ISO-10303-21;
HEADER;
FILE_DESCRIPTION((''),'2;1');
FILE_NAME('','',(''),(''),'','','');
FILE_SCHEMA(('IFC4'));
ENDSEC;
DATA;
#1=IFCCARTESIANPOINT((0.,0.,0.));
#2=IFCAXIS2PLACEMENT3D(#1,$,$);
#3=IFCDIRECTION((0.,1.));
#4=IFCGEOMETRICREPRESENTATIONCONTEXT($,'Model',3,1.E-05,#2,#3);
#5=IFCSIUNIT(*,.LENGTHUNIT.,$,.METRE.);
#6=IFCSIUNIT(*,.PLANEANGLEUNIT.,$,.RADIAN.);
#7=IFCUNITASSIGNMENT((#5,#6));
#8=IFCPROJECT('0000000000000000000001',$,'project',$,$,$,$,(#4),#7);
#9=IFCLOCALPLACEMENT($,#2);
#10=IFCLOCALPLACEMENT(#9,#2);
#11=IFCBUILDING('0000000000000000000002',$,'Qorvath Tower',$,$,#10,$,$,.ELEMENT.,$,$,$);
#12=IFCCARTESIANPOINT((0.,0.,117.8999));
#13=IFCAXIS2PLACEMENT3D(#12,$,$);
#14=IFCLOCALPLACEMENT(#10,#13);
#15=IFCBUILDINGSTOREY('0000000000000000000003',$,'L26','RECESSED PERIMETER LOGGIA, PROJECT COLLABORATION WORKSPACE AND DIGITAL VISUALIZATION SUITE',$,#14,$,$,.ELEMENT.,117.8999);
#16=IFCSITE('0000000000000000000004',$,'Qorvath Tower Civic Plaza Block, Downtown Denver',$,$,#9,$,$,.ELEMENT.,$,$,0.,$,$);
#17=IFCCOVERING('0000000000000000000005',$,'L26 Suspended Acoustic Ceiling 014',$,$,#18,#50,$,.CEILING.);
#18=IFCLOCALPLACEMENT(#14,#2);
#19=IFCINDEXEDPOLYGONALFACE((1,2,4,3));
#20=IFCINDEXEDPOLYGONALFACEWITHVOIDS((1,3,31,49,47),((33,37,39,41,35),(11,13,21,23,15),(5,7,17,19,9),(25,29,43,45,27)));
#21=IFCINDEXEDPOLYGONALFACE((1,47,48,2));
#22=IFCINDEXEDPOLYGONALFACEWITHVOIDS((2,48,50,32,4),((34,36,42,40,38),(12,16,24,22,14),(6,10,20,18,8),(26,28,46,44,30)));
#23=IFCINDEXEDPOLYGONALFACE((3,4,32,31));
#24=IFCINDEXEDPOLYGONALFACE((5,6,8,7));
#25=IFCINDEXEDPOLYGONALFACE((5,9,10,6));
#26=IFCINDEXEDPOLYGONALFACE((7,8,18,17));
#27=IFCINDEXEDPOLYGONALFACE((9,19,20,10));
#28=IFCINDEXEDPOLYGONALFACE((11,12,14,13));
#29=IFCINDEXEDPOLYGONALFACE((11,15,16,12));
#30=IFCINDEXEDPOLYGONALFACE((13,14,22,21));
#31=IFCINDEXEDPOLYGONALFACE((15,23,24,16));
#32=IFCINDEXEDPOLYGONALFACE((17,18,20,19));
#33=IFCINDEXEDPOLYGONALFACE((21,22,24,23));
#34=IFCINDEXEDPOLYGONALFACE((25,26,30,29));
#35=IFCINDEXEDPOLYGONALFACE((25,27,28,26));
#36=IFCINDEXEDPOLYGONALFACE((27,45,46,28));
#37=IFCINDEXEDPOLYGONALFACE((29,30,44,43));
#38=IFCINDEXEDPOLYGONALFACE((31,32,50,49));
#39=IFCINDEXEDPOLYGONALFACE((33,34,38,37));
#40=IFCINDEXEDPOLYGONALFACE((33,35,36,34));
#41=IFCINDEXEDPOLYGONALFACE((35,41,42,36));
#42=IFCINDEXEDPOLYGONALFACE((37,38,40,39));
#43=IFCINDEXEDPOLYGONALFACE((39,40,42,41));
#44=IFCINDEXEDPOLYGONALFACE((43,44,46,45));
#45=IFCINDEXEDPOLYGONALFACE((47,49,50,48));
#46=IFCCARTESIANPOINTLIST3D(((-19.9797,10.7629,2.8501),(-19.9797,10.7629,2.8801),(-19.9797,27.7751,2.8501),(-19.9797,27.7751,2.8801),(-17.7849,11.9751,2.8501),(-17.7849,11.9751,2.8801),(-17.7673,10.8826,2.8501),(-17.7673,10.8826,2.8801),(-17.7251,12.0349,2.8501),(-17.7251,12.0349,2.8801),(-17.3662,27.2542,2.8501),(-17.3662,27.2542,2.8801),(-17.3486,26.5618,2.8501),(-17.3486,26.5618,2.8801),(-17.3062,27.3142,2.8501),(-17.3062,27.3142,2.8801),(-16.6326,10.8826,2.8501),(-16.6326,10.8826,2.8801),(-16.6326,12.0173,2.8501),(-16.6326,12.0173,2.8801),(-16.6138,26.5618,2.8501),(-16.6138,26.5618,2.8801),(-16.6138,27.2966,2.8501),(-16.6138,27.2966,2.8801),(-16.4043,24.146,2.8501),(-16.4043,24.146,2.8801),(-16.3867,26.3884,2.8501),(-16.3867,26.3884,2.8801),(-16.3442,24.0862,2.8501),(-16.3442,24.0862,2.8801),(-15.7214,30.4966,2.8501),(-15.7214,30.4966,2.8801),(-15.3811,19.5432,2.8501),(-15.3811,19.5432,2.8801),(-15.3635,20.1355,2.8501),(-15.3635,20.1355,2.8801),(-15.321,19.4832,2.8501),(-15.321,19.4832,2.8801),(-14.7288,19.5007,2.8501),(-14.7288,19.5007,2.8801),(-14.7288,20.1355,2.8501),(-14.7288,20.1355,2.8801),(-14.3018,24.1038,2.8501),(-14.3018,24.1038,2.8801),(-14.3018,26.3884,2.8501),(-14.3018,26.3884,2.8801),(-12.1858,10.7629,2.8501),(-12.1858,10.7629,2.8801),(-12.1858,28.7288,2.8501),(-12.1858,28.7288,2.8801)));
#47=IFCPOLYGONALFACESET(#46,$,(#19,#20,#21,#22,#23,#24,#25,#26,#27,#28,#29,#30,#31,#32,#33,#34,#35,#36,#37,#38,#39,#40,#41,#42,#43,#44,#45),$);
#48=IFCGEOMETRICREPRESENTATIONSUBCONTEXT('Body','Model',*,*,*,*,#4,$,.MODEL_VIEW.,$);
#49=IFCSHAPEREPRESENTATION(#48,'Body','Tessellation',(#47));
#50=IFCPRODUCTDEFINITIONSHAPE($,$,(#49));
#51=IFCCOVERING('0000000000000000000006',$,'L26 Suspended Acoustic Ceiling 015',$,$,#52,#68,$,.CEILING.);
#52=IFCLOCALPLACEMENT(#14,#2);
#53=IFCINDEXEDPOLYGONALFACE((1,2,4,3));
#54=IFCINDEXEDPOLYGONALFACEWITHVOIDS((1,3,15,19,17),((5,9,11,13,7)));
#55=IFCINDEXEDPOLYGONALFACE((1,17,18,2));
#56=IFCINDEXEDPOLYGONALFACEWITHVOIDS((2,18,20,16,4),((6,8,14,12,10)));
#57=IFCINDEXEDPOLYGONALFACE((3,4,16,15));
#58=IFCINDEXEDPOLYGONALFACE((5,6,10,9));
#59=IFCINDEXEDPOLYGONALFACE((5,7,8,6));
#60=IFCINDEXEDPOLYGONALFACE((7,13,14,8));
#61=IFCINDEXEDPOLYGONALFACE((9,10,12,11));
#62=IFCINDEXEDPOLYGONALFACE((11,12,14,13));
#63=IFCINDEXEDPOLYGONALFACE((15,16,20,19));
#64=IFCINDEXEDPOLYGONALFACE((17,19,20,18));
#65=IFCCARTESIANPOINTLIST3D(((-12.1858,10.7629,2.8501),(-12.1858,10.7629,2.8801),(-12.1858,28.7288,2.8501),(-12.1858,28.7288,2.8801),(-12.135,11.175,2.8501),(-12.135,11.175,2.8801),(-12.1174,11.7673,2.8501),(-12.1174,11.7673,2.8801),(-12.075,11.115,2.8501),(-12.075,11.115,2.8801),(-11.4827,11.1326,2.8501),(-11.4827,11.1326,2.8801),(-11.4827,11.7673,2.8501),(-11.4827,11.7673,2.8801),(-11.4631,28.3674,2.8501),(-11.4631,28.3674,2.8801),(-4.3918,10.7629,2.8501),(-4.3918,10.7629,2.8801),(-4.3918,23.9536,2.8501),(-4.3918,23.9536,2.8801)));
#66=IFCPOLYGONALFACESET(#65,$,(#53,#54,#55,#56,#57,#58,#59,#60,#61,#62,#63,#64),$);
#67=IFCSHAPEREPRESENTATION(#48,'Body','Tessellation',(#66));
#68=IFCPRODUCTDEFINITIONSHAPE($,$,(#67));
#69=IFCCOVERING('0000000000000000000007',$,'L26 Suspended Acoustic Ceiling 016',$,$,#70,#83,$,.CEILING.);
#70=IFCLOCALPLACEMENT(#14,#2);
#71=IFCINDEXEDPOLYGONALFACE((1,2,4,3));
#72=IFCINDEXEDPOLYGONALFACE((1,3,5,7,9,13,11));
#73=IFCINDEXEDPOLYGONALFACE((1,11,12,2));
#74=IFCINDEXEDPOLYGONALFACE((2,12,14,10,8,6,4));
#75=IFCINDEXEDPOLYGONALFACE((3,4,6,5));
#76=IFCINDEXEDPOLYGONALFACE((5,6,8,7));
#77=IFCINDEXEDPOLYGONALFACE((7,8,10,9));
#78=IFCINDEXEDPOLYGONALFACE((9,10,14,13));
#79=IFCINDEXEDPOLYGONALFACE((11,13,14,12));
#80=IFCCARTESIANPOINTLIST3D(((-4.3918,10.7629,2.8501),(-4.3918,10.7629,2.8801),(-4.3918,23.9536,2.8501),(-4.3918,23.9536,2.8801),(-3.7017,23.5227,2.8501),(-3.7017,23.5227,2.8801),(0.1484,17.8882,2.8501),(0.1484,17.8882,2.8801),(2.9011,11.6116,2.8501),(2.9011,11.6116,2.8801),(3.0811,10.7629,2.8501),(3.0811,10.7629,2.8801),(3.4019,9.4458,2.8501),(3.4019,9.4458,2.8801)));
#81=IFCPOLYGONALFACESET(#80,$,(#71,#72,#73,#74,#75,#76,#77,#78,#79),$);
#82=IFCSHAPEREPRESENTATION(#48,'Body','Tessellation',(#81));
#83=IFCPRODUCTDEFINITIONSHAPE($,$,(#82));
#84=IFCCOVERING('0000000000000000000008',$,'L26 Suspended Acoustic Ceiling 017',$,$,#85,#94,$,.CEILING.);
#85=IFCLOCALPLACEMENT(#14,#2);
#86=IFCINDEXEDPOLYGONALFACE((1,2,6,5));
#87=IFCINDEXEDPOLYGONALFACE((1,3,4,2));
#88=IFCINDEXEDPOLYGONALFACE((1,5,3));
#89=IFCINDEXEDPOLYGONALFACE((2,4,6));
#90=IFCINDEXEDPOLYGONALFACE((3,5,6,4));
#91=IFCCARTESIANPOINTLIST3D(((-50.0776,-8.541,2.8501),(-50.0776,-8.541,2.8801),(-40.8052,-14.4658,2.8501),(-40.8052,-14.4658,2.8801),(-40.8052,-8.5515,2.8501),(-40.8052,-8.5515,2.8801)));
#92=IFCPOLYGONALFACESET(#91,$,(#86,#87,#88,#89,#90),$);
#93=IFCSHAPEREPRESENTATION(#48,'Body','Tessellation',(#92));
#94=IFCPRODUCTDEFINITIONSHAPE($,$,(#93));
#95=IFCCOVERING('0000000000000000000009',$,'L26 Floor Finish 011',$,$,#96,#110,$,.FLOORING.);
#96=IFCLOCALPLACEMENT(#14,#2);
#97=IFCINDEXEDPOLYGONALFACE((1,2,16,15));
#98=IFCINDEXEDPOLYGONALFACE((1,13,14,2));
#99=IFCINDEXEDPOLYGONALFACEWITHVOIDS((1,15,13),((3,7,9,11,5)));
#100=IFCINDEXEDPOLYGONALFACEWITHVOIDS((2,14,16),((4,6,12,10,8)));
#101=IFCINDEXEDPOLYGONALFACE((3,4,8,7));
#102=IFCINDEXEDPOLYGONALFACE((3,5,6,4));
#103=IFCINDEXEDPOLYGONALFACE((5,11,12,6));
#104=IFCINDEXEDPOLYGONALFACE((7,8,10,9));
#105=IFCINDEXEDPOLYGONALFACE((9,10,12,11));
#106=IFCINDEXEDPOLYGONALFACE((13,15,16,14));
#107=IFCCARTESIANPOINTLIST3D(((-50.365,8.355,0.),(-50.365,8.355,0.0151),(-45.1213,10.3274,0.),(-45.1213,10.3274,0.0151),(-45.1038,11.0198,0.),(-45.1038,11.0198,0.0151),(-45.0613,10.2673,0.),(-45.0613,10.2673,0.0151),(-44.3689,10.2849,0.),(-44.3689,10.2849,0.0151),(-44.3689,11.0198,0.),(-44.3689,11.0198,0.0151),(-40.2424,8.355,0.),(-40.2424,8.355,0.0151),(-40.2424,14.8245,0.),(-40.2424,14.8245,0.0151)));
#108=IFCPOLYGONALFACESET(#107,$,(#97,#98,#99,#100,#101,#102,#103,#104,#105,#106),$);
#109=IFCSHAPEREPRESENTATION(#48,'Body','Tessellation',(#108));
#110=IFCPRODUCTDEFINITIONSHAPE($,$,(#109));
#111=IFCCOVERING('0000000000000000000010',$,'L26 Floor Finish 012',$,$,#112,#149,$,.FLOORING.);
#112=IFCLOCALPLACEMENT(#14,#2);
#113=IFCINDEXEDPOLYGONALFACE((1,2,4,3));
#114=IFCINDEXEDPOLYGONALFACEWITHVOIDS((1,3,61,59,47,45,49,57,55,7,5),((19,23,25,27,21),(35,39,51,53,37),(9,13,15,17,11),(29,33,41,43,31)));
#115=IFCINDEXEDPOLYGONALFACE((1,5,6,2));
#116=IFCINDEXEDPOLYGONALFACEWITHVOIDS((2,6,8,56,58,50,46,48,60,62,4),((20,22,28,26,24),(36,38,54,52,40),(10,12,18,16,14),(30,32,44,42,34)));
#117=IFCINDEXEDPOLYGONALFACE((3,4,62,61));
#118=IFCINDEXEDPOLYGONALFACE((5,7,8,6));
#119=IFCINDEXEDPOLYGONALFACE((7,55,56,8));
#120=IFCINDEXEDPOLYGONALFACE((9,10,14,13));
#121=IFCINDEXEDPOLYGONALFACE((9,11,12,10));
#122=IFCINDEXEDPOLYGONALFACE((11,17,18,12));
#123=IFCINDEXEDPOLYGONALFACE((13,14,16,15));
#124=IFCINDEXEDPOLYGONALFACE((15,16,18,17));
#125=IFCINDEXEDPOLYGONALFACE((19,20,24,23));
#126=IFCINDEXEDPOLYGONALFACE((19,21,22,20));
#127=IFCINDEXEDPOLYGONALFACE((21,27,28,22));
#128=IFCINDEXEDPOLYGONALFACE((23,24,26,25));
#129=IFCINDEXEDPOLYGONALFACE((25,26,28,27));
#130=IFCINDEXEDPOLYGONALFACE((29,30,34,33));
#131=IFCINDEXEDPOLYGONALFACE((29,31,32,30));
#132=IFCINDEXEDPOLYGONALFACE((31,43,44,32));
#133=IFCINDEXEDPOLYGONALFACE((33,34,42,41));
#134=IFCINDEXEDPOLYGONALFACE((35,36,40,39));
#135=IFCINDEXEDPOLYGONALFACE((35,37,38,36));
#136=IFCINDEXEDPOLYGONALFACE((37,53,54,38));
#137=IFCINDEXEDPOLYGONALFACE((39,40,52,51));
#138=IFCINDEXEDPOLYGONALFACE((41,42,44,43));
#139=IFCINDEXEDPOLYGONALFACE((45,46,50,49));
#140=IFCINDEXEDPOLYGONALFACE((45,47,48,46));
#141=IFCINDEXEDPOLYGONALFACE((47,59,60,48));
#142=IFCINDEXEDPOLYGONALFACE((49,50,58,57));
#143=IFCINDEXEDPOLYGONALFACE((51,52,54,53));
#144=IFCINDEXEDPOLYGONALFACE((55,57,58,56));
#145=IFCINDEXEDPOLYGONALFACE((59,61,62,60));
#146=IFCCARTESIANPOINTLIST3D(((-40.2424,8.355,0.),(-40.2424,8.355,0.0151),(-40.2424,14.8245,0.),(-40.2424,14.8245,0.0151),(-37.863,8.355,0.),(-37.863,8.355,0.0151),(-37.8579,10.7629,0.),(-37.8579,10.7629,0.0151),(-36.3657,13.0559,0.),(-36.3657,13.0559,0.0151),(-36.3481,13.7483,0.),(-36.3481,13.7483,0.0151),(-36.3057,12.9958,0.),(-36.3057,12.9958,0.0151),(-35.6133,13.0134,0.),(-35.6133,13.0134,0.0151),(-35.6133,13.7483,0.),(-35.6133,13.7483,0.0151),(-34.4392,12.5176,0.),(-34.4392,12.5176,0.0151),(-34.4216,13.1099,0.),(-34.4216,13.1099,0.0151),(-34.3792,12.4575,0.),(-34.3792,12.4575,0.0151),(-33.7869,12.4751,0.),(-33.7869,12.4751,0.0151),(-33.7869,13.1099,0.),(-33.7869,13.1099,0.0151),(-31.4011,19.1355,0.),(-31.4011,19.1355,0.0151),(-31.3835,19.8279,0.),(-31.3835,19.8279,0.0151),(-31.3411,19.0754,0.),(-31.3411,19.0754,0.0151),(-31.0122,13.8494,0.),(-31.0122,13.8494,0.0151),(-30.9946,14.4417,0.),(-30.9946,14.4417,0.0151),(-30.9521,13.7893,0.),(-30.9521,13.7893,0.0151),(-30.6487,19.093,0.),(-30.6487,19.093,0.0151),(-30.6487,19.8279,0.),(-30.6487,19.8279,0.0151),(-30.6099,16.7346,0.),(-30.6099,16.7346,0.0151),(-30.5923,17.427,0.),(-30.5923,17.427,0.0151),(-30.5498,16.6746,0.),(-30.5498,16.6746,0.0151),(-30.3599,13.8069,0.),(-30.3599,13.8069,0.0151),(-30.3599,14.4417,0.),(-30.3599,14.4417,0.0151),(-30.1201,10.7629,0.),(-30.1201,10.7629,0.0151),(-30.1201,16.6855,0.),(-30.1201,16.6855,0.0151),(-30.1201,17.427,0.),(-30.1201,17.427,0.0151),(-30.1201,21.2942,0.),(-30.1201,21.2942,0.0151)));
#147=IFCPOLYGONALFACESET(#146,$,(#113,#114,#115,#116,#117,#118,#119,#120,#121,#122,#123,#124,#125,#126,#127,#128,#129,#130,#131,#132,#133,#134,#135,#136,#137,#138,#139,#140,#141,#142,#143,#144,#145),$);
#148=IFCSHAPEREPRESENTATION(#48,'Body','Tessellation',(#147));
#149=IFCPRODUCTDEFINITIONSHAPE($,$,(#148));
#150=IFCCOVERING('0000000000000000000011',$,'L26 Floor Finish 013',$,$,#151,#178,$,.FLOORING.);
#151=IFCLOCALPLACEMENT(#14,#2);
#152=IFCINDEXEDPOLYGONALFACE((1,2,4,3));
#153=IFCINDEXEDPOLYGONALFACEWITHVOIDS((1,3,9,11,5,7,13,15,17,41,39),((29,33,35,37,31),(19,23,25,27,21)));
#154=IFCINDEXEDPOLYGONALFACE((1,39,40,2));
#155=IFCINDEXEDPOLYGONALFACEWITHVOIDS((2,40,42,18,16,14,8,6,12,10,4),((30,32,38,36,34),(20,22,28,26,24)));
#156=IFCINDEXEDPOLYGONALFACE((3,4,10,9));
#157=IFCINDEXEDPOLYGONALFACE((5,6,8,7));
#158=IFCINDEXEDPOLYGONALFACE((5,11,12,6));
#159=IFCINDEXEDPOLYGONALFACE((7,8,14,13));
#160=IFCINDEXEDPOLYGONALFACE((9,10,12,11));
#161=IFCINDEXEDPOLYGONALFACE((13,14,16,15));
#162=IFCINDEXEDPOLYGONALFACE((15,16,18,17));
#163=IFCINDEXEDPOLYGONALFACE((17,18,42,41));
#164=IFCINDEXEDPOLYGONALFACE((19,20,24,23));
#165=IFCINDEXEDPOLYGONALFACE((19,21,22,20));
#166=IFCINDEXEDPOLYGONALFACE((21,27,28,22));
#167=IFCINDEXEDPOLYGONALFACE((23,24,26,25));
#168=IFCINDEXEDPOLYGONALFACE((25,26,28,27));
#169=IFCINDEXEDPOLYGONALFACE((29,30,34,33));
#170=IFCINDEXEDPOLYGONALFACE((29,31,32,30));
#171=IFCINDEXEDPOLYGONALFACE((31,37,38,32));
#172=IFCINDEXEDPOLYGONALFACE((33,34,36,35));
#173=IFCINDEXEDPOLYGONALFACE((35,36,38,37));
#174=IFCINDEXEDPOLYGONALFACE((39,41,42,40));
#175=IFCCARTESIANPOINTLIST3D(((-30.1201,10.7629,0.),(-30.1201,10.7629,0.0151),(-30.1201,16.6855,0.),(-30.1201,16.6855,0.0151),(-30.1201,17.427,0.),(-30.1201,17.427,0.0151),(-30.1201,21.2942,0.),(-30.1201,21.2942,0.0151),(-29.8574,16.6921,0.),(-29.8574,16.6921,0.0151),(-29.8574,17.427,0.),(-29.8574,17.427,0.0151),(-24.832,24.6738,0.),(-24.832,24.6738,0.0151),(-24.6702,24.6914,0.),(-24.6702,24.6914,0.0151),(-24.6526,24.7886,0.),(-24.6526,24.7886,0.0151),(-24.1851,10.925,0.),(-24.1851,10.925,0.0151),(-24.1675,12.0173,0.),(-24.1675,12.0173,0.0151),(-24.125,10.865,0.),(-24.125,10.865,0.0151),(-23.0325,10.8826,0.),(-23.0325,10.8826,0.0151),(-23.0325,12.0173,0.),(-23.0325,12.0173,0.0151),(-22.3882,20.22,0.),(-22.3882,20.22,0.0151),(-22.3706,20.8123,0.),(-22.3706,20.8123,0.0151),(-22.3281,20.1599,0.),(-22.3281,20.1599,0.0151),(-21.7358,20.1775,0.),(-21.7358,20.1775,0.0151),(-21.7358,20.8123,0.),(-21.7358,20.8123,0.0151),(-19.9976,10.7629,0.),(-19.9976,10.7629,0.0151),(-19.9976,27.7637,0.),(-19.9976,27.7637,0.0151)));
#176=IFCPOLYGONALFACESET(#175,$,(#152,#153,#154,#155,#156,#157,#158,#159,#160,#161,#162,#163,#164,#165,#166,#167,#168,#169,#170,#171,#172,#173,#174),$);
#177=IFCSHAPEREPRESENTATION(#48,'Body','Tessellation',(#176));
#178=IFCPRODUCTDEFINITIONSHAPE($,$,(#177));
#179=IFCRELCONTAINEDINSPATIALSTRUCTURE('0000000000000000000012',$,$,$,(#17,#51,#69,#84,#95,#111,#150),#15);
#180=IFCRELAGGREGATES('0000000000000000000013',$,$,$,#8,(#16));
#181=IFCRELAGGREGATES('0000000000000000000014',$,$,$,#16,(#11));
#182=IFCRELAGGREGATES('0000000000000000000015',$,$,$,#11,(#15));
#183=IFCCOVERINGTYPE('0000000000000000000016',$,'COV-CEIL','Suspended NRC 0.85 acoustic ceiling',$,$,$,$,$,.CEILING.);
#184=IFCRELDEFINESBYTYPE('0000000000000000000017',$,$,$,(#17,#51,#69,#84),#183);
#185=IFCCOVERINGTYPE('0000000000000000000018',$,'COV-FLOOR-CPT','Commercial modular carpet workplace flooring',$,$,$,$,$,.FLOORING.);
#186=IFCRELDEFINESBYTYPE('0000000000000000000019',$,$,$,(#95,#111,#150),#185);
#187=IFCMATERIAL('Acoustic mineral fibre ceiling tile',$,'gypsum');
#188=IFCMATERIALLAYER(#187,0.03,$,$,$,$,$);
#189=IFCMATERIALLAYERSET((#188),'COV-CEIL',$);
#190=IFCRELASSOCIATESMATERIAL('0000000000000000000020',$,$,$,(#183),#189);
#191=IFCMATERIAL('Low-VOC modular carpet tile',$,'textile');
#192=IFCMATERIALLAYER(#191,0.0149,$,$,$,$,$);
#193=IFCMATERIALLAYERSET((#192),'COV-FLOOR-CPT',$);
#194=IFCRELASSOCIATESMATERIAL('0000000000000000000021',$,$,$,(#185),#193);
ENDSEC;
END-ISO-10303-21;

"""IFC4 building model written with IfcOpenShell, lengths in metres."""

from ifc_helpers import new_model, si_unit, direction, frame, origin, place, context, subcontext, project, spatial, polyline, outline, extrude, material, layer, layer_set, type_object, element, save


model = new_model("IFC4")

# Units and contexts
model_context = context("Model", 3, precision=1e-05, world=origin(), true_north=direction((0.0, 1.0)))
body_context = subcontext(model_context, "Body", "Model", "MODEL_VIEW")
ifc_project = project(units=[si_unit("LENGTHUNIT", "METRE"), si_unit("PLANEANGLEUNIT", "RADIAN")], contexts=[model_context])

# Site, building, storey
site_placement = place(None, origin())
site = spatial("IfcSite", under=ifc_project, at=site_placement, Name="Qorvath Tower Civic Plaza Block, Downtown Denver", CompositionType="ELEMENT", RefElevation=0.0)
building_placement = place(site_placement, origin())
building = spatial("IfcBuilding", under=site, at=building_placement, Name="Qorvath Tower", CompositionType="ELEMENT")
storey_placement = place(building_placement, frame((0.0, 0.0, 117.8999)))
storey = spatial("IfcBuildingStorey", under=building, at=storey_placement, Name="L26", Description="RECESSED PERIMETER LOGGIA, PROJECT COLLABORATION WORKSPACE AND DIGITAL VISUALIZATION SUITE", CompositionType="ELEMENT", Elevation=117.8999)

# Coverings
ifc_material_1 = material(Name="Acoustic mineral fibre ceiling tile", Category="gypsum")
ifc_layer_1 = layer(ifc_material_1, 0.03)
ifc_layer_set_1 = layer_set([ifc_layer_1], Name="COV-CEIL")
covering_type_1 = type_object("IfcCoveringType", Name="COV-CEIL", Description="Suspended NRC 0.85 acoustic ceiling", PredefinedType="CEILING", material=ifc_layer_set_1)
covering_1_placement = place(storey_placement, frame((0.0, 0.0, 2.8501)))
element("IfcCovering", 1, at=covering_1_placement, inside=storey, type_object=covering_type_1, Name="L26 Suspended Acoustic Ceiling 014", PredefinedType="CEILING", context=body_context, shape_type="SweptSolid", body=[
    extrude(outline(polyline([(-12.1858, 10.7629), (-12.1858, 28.7288), (-15.7214, 30.4966), (-19.9797, 27.7751), (-19.9797, 10.7629), (-12.1858, 10.7629)]), holes=[polyline([(-16.4043, 24.146), (-16.3867, 26.3884), (-14.3018, 26.3884), (-14.3018, 24.1038), (-16.3442, 24.0862), (-16.4043, 24.146)]), polyline([(-15.3811, 19.5432), (-15.3635, 20.1355), (-14.7288, 20.1355), (-14.7288, 19.5007), (-15.321, 19.4832), (-15.3811, 19.5432)]), polyline([(-17.3662, 27.2542), (-17.3062, 27.3142), (-16.6138, 27.2966), (-16.6138, 26.5618), (-17.3486, 26.5618), (-17.3662, 27.2542)]), polyline([(-17.7849, 11.9751), (-17.7251, 12.0349), (-16.6326, 12.0173), (-16.6326, 10.8826), (-17.7673, 10.8826), (-17.7849, 11.9751)])]), origin(), (0.0, 0.0, 1.0), 0.03),
])
covering_2_placement = place(storey_placement, frame((0.0, 0.0, 2.8501)))
element("IfcCovering", 2, at=covering_2_placement, inside=storey, type_object=covering_type_1, Name="L26 Suspended Acoustic Ceiling 015", PredefinedType="CEILING", context=body_context, shape_type="SweptSolid", body=[
    extrude(outline(polyline([(-4.3918, 10.7629), (-4.3918, 23.9536), (-11.4631, 28.3674), (-12.1858, 28.7288), (-12.1858, 10.7629), (-4.3918, 10.7629)]), holes=[polyline([(-12.135, 11.175), (-12.1174, 11.7673), (-11.4827, 11.7673), (-11.4827, 11.1326), (-12.075, 11.115), (-12.135, 11.175)])]), origin(), (0.0, 0.0, 1.0), 0.03),
])
covering_3_placement = place(storey_placement, frame((0.0, 0.0, 2.8501)))
element("IfcCovering", 3, at=covering_3_placement, inside=storey, type_object=covering_type_1, Name="L26 Suspended Acoustic Ceiling 016", PredefinedType="CEILING", context=body_context, shape_type="SweptSolid", body=[
    extrude(outline(polyline([(0.1484, 17.8882), (-3.7017, 23.5227), (-4.3918, 23.9536), (-4.3918, 10.7629), (3.0811, 10.7629), (3.4019, 9.4458), (2.9011, 11.6116), (0.1484, 17.8882)])), origin(), (0.0, 0.0, 1.0), 0.03),
])
covering_4_placement = place(storey_placement, frame((0.0, 0.0, 2.8501)))
element("IfcCovering", 4, at=covering_4_placement, inside=storey, type_object=covering_type_1, Name="L26 Suspended Acoustic Ceiling 017", PredefinedType="CEILING", context=body_context, shape_type="SweptSolid", body=[
    extrude(outline(polyline([(-50.0776, -8.541), (-40.8052, -14.4658), (-40.8052, -8.5515), (-50.0776, -8.541)])), origin(), (0.0, 0.0, 1.0), 0.03),
])
ifc_material_2 = material(Name="Low-VOC modular carpet tile", Category="textile")
ifc_layer_2 = layer(ifc_material_2, 0.0149)
ifc_layer_set_2 = layer_set([ifc_layer_2], Name="COV-FLOOR-CPT")
covering_type_2 = type_object("IfcCoveringType", Name="COV-FLOOR-CPT", Description="Commercial modular carpet workplace flooring", PredefinedType="FLOORING", material=ifc_layer_set_2)
covering_5_placement = place(storey_placement, origin())
element("IfcCovering", 5, at=covering_5_placement, inside=storey, type_object=covering_type_2, Name="L26 Floor Finish 011", PredefinedType="FLOORING", context=body_context, shape_type="SweptSolid", body=[
    extrude(outline(polyline([(-40.2424, 8.355), (-40.2424, 14.8245), (-50.365, 8.355), (-40.2424, 8.355)]), holes=[polyline([(-45.1213, 10.3274), (-45.1038, 11.0198), (-44.3689, 11.0198), (-44.3689, 10.2849), (-45.0613, 10.2673), (-45.1213, 10.3274)])]), origin(), (0.0, 0.0, 1.0), 0.0151),
])
covering_6_placement = place(storey_placement, origin())
element("IfcCovering", 6, at=covering_6_placement, inside=storey, type_object=covering_type_2, Name="L26 Floor Finish 012", PredefinedType="FLOORING", context=body_context, shape_type="SweptSolid", body=[
    extrude(outline(polyline([(-30.1201, 10.7629), (-30.1201, 16.6855), (-30.5498, 16.6746), (-30.6099, 16.7346), (-30.5923, 17.427), (-30.1201, 17.427), (-30.1201, 21.2942), (-40.2424, 14.8245), (-40.2424, 8.355), (-37.863, 8.355), (-37.8579, 10.7629), (-30.1201, 10.7629)]), holes=[polyline([(-31.0122, 13.8494), (-30.9946, 14.4417), (-30.3599, 14.4417), (-30.3599, 13.8069), (-30.9521, 13.7893), (-31.0122, 13.8494)]), polyline([(-31.4011, 19.1355), (-31.3835, 19.8279), (-30.6487, 19.8279), (-30.6487, 19.093), (-31.3411, 19.0754), (-31.4011, 19.1355)]), polyline([(-34.4392, 12.5176), (-34.4216, 13.1099), (-33.7869, 13.1099), (-33.7869, 12.4751), (-34.3792, 12.4575), (-34.4392, 12.5176)]), polyline([(-36.3657, 13.0559), (-36.3481, 13.7483), (-35.6133, 13.7483), (-35.6133, 13.0134), (-36.3057, 12.9958), (-36.3657, 13.0559)])]), origin(), (0.0, 0.0, 1.0), 0.0151),
])
covering_7_placement = place(storey_placement, origin())
element("IfcCovering", 7, at=covering_7_placement, inside=storey, type_object=covering_type_2, Name="L26 Floor Finish 013", PredefinedType="FLOORING", context=body_context, shape_type="SweptSolid", body=[
    extrude(outline(polyline([(-19.9976, 10.7629), (-19.9976, 27.7637), (-24.6526, 24.7886), (-24.6702, 24.6914), (-24.832, 24.6738), (-30.1201, 21.2942), (-30.1201, 17.427), (-29.8574, 17.427), (-29.8574, 16.6921), (-30.1201, 16.6855), (-30.1201, 10.7629), (-19.9976, 10.7629)]), holes=[polyline([(-22.3882, 20.22), (-22.3706, 20.8123), (-21.7358, 20.8123), (-21.7358, 20.1775), (-22.3281, 20.1599), (-22.3882, 20.22)]), polyline([(-24.1851, 10.925), (-24.1675, 12.0173), (-23.0325, 12.0173), (-23.0325, 10.8826), (-24.125, 10.865), (-24.1851, 10.925)])]), origin(), (0.0, 0.0, 1.0), 0.0151),
])

save(model, "model.ifc")
